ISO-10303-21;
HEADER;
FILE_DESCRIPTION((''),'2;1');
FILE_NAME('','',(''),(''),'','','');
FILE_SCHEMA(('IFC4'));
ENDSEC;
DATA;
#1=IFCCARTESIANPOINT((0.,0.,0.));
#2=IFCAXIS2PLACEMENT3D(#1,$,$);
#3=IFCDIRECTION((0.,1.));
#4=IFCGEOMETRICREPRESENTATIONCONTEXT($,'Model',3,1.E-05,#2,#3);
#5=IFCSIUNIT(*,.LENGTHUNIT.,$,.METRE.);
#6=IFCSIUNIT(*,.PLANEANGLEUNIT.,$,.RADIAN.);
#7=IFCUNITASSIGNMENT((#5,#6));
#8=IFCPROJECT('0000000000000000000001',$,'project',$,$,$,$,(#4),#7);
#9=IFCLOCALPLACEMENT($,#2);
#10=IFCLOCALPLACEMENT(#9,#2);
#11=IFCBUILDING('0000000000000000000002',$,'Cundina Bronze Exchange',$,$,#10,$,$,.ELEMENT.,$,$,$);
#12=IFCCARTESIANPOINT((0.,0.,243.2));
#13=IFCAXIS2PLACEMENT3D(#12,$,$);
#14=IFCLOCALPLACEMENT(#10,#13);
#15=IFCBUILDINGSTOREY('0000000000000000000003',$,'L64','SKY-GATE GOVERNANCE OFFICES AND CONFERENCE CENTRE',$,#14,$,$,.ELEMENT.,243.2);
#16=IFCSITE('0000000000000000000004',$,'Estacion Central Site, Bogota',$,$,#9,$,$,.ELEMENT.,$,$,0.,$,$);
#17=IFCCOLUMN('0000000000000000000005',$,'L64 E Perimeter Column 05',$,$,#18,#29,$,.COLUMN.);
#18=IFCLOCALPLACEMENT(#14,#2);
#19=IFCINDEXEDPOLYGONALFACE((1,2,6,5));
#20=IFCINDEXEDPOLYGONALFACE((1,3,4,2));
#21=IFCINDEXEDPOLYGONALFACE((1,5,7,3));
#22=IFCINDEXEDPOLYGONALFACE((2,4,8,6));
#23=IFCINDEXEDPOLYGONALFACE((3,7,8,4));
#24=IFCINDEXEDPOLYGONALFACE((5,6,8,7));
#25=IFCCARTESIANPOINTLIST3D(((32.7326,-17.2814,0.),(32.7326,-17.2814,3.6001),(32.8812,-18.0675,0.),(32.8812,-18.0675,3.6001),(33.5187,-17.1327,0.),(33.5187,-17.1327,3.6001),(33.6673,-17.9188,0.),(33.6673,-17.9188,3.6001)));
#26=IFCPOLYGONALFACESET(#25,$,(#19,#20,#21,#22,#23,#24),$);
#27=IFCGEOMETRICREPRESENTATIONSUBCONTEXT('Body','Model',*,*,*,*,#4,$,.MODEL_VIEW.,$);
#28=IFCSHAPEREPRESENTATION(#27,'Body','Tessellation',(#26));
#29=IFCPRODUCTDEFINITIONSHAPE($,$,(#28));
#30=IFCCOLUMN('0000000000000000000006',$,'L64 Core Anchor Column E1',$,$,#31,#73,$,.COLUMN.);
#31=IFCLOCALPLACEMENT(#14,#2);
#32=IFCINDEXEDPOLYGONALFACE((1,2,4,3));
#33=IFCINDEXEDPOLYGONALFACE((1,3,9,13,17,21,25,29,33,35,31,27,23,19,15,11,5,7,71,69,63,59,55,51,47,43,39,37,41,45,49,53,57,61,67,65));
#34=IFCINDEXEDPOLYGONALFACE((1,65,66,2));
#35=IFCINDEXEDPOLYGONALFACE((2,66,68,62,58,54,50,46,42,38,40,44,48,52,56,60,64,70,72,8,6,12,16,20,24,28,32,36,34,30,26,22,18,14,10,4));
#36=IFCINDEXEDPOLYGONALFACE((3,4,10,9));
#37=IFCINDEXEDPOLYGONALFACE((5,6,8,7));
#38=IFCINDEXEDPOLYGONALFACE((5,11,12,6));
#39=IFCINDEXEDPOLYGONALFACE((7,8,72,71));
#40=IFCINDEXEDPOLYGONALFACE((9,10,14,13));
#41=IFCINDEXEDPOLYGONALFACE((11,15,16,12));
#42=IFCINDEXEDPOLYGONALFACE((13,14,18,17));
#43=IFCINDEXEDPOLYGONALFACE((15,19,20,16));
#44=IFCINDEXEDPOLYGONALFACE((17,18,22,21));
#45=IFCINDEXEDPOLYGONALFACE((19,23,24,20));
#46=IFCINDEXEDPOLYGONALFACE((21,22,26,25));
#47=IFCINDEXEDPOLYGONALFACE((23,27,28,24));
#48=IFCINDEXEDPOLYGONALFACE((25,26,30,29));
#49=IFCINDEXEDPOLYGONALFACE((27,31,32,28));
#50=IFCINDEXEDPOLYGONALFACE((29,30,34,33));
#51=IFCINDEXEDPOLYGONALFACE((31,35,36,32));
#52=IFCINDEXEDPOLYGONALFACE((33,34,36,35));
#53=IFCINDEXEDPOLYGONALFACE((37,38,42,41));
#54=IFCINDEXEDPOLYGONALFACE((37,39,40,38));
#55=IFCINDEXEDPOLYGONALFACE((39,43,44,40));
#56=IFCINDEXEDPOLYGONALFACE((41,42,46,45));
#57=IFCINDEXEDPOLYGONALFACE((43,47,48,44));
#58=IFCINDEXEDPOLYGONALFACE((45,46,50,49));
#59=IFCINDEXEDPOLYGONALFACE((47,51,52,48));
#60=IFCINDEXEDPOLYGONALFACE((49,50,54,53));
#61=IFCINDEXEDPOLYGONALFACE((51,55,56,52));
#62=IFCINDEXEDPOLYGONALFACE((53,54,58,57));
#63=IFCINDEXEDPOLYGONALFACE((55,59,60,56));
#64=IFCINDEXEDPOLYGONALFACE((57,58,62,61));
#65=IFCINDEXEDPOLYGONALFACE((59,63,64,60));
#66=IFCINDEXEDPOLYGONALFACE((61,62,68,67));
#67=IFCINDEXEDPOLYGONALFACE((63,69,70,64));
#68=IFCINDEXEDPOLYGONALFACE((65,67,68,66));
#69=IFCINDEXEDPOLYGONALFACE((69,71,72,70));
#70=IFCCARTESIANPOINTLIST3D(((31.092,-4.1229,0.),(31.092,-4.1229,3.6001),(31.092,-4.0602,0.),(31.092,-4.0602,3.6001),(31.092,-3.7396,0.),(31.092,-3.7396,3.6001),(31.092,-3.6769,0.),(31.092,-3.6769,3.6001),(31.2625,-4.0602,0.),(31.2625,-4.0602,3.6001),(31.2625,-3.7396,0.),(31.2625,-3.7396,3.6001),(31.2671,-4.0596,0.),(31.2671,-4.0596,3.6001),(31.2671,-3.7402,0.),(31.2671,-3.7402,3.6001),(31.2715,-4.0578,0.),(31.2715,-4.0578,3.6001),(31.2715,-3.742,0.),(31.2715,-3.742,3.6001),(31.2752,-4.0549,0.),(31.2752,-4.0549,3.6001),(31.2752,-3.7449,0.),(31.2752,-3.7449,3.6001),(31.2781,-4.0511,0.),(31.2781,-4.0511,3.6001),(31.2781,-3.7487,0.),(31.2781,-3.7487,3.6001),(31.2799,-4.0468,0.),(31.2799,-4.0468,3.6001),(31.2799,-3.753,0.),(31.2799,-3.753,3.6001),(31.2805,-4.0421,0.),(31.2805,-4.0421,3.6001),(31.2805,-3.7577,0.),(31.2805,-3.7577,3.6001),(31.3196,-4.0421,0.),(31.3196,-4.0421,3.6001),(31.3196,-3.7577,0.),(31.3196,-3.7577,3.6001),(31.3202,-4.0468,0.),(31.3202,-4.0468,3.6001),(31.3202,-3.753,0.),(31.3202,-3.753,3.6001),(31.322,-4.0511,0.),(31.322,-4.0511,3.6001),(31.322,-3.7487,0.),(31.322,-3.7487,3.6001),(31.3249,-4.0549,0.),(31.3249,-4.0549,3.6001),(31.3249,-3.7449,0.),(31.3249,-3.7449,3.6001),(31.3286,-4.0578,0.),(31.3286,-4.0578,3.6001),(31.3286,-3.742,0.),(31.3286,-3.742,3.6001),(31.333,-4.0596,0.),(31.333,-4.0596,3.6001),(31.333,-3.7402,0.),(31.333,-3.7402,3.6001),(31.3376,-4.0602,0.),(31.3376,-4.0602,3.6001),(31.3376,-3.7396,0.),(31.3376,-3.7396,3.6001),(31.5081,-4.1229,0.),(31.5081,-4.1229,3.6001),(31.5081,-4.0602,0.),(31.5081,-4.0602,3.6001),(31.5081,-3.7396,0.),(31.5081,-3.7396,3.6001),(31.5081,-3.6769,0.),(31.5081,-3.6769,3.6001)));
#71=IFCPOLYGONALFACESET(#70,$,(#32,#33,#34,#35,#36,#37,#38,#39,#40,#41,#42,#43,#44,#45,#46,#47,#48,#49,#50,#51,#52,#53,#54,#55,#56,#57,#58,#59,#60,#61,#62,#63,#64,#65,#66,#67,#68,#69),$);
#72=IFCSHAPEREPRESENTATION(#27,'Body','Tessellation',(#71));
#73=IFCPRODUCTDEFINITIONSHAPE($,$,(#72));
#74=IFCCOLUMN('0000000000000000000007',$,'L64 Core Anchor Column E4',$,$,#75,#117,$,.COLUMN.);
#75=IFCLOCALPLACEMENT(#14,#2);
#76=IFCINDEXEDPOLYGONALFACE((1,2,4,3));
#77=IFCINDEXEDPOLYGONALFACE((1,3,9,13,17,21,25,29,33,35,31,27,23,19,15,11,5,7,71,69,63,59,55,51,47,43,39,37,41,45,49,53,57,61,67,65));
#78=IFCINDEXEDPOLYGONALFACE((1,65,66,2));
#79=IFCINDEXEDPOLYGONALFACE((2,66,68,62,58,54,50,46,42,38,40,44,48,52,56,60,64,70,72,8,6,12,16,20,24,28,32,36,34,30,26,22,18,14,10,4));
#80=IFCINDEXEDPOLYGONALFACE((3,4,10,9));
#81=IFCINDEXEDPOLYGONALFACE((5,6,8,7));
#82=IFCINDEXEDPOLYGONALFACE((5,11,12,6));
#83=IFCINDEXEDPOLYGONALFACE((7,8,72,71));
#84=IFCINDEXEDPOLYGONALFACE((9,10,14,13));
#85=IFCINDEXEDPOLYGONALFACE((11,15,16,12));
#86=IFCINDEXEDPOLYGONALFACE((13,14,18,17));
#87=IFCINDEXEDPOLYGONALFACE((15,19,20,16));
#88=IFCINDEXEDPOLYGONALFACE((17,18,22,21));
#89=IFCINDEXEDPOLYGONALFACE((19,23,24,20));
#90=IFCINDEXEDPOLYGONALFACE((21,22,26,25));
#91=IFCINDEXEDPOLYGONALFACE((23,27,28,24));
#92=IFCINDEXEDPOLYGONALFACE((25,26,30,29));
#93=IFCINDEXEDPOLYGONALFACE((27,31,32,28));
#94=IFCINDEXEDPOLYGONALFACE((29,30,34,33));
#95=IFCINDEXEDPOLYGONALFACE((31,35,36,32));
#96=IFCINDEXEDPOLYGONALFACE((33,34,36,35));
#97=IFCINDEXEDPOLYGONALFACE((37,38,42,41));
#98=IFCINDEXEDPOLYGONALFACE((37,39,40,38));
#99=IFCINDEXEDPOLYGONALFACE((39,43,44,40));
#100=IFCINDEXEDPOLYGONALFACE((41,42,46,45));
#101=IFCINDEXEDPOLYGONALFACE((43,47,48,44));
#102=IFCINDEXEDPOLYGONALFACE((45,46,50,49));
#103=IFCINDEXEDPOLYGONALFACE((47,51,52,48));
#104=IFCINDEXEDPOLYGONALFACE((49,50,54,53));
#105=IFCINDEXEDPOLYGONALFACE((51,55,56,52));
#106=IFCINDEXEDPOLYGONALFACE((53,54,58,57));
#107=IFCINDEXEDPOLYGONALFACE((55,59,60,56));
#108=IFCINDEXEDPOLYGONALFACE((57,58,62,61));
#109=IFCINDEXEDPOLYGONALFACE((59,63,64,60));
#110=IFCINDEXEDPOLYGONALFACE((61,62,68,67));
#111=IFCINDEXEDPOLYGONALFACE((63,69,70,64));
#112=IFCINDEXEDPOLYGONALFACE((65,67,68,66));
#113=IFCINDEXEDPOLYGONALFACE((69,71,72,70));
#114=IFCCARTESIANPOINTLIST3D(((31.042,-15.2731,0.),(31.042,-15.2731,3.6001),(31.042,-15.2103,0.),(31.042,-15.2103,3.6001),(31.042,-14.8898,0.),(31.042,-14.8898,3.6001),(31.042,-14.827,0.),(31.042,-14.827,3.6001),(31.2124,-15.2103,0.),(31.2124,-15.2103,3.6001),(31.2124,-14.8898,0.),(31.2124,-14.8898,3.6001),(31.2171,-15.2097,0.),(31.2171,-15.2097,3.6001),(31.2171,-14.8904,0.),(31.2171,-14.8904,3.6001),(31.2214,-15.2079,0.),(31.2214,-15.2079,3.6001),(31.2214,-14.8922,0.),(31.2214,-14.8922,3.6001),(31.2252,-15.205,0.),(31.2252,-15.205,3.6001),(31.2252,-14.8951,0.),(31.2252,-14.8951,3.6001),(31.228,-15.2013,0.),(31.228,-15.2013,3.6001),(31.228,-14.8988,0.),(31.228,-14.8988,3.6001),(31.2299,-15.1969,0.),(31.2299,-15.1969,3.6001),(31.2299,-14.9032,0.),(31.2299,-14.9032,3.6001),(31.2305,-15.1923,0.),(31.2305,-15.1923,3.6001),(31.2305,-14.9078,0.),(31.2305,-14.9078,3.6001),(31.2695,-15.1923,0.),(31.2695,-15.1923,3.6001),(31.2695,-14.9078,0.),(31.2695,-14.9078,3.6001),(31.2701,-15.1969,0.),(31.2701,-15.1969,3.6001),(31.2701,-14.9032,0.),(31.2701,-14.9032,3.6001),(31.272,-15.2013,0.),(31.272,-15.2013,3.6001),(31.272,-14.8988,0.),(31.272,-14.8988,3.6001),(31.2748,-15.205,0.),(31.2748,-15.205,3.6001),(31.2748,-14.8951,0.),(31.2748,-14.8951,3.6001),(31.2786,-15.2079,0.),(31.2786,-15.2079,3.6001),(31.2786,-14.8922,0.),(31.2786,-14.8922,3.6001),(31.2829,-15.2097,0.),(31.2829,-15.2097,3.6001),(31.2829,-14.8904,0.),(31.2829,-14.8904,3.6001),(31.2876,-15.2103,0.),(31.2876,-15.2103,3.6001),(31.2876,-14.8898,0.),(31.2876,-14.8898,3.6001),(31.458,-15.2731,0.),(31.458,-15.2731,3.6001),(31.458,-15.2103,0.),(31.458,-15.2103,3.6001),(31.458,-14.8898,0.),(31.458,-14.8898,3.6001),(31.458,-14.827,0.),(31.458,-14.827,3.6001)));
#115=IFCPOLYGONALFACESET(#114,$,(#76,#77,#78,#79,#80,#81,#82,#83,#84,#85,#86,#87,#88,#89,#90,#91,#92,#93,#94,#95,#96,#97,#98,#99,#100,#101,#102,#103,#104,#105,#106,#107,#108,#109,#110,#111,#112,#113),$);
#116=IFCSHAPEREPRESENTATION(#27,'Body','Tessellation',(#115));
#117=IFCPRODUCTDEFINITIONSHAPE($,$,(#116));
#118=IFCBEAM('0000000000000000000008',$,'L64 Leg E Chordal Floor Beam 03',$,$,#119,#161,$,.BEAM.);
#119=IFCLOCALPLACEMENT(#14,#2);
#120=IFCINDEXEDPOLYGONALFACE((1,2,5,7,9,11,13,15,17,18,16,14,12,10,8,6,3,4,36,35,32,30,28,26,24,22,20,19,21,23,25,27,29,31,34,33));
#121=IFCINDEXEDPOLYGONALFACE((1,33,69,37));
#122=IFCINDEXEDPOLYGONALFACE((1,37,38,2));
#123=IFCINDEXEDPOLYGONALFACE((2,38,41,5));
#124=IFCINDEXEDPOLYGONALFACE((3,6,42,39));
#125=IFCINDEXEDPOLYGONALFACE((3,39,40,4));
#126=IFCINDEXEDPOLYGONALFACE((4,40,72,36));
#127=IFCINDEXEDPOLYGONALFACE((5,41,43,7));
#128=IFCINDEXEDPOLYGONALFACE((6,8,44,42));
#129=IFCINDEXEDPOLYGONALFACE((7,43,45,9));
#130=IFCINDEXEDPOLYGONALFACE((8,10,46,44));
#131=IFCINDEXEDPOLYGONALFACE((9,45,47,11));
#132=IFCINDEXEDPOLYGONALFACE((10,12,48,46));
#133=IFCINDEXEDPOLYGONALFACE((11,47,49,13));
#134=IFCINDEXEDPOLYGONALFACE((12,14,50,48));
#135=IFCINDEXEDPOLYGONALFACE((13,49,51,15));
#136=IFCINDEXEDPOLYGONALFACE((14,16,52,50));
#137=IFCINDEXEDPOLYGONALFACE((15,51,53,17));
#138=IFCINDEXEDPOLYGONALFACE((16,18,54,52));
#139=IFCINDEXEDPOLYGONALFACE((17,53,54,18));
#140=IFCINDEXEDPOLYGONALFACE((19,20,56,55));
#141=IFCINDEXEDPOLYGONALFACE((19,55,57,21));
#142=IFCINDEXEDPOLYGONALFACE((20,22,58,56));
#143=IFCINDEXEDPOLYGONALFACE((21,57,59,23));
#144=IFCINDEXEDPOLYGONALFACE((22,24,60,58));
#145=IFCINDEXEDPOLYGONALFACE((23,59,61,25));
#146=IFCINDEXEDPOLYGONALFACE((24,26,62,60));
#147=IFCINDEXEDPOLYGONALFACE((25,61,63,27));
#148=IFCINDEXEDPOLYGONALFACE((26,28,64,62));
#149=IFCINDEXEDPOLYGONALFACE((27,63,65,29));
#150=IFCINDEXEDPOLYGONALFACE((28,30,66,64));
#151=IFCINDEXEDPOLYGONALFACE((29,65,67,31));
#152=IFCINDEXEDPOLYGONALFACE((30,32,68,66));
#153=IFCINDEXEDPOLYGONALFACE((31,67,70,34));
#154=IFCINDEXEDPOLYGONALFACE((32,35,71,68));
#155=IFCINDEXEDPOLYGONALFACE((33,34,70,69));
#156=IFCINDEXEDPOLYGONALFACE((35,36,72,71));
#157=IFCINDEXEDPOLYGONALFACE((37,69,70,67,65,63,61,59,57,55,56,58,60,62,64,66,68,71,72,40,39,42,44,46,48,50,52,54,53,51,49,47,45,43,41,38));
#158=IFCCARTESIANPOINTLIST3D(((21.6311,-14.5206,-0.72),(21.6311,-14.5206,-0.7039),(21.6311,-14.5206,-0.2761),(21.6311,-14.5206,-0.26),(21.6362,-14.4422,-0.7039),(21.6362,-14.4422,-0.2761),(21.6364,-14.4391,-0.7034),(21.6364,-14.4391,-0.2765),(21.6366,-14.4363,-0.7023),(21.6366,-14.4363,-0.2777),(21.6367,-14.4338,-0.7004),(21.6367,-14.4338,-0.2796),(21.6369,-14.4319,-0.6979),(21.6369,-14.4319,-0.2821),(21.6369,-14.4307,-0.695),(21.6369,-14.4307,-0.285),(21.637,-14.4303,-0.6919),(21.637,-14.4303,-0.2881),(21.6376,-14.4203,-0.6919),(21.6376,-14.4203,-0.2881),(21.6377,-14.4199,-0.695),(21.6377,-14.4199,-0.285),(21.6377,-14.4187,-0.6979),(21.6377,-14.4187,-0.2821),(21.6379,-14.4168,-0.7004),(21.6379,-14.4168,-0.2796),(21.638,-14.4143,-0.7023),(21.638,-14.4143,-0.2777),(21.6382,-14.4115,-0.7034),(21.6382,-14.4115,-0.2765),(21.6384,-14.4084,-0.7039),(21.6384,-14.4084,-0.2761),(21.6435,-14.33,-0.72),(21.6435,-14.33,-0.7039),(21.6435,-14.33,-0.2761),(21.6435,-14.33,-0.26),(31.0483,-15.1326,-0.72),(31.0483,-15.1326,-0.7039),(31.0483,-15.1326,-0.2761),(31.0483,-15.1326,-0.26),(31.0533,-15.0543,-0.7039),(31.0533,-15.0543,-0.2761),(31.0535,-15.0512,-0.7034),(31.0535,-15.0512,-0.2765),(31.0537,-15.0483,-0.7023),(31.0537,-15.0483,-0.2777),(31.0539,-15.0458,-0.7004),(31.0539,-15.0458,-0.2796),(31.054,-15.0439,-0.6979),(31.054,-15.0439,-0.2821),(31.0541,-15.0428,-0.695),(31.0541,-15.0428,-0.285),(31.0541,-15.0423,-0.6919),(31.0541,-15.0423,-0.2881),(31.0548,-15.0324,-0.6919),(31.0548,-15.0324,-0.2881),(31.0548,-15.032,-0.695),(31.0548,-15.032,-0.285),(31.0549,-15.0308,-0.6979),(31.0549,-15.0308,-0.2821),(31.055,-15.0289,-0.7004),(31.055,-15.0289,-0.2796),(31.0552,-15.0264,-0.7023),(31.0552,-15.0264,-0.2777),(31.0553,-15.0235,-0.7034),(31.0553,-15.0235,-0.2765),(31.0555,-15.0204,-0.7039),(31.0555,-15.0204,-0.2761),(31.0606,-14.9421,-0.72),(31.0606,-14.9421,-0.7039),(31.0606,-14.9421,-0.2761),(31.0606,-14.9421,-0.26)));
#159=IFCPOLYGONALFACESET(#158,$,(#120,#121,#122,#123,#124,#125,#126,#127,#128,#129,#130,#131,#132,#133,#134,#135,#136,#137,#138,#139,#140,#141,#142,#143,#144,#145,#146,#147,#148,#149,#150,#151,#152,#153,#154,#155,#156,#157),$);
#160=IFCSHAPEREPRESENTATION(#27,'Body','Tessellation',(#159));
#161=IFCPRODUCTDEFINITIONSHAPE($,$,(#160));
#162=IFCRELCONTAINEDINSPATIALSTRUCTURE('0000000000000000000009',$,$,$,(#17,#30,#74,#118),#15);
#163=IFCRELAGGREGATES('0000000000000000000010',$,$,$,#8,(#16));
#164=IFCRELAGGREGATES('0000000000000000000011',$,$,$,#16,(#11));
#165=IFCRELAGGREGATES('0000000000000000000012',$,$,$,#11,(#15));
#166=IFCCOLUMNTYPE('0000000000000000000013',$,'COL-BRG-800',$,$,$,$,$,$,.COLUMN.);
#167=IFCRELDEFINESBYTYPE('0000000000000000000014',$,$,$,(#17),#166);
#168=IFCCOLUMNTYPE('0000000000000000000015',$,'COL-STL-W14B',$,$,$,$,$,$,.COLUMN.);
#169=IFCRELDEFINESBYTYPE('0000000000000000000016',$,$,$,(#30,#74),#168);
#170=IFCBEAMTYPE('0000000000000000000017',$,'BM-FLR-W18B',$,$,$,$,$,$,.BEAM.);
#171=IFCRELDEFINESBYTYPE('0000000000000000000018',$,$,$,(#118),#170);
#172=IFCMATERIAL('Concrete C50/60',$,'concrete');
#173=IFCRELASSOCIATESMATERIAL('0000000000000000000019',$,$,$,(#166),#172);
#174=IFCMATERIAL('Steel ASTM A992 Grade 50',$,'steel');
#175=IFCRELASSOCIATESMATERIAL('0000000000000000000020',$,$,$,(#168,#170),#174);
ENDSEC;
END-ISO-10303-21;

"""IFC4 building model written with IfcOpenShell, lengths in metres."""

from ifc_helpers import new_model, si_unit, direction, frame, origin, origin_2d, place, context, subcontext, project, spatial, rectangle, i_section, extrude, material, material_profile, profile_set, type_object, element, save


model = new_model("IFC4")

# Units and contexts
model_context = context("Model", 3, precision=1e-05, world=origin(), true_north=direction((0.0, 1.0)))
body_context = subcontext(model_context, "Body", "Model", "MODEL_VIEW")
ifc_project = project(units=[si_unit("LENGTHUNIT", "METRE"), si_unit("PLANEANGLEUNIT", "RADIAN")], contexts=[model_context])

# Site, building, storey
site_placement = place(None, origin())
site = spatial("IfcSite", under=ifc_project, at=site_placement, Name="Estacion Central Site, Bogota", CompositionType="ELEMENT", RefElevation=0.0)
building_placement = place(site_placement, origin())
building = spatial("IfcBuilding", under=site, at=building_placement, Name="Cundina Bronze Exchange", CompositionType="ELEMENT")
storey_placement = place(building_placement, frame((0.0, 0.0, 243.2)))
storey = spatial("IfcBuildingStorey", under=building, at=storey_placement, Name="L64", Description="SKY-GATE GOVERNANCE OFFICES AND CONFERENCE CENTRE", CompositionType="ELEMENT", Elevation=243.2)

# Columns
ifc_material_1 = material(Name="Concrete C50/60", Category="concrete")
ifc_material_profile_1 = material_profile(ifc_material_1, rectangle(XDim=0.8, YDim=0.8, at=origin_2d()), Name="RC800X800", Category="concrete")
ifc_profile_set_1 = profile_set([ifc_material_profile_1], Name="Concrete C50/60")
column_type_1 = type_object("IfcColumnType", Name="COL-BRG-800", PredefinedType="COLUMN", material=ifc_profile_set_1)
column_placement = place(storey_placement, frame((33.2, -17.6001, 0.0), z_axis=(0.0, 0.0, 1.0), x_axis=(0.98258, 0.185838, 0.0)))
element("IfcColumn", 1, at=column_placement, inside=storey, type_object=column_type_1, Name="L64 E Perimeter Column 05", PredefinedType="COLUMN", context=body_context, shape_type="SweptSolid", body=[
    extrude(rectangle(XDim=0.8, YDim=0.8, at=origin_2d()), origin(), (0.0, 0.0, 1.0), 3.6001),
])
ifc_material_2 = material(Name="Steel ASTM A992 Grade 50", Category="steel")
ifc_material_profile_2 = material_profile(ifc_material_2, i_section(OverallWidth=0.416, OverallDepth=0.446, WebThickness=0.0391, FlangeThickness=0.0627, FilletRadius=0.0181, at=origin_2d()), Name="W14X342", Category="steel")
ifc_profile_set_2 = profile_set([ifc_material_profile_2], Name="Steel ASTM A992 Grade 50")
column_type_2 = type_object("IfcColumnType", Name="COL-STL-W14B", PredefinedType="COLUMN", material=ifc_profile_set_2)
for number, where, z_axis, x_axis, name in (
    (2, (31.3, -3.8999, 0.0), (0.0, 0.0, 1.0), (1.0, 0.0, 0.0), "L64 Core Anchor Column E1"),
    (3, (31.25, -15.05, 0.0), (0.0, 0.0, 1.0), (1.0, 0.0, 0.0), "L64 Core Anchor Column E4"),
):
    element("IfcColumn", number, at=place(storey_placement, frame(where, z_axis=z_axis, x_axis=x_axis)), inside=storey, type_object=column_type_2, Name=name, PredefinedType="COLUMN", context=body_context, shape_type="SweptSolid", body=[
        extrude(i_section(OverallWidth=0.416, OverallDepth=0.446, WebThickness=0.0391, FlangeThickness=0.0627, FilletRadius=0.0181, at=origin_2d()), origin(), (0.0, 0.0, 1.0), 3.6001),
    ])

# Beam
ifc_material_profile_3 = material_profile(ifc_material_2, i_section(OverallWidth=0.1909, OverallDepth=0.46, WebThickness=0.01, FlangeThickness=0.0161, FilletRadius=0.012, at=origin_2d()), Name="W18X55", Category="steel")
ifc_profile_set_3 = profile_set([ifc_material_profile_3], Name="Steel ASTM A992 Grade 50")
beam_type_1 = type_object("IfcBeamType", Name="BM-FLR-W18B", PredefinedType="BEAM", material=ifc_profile_set_3)
beam_1_placement = place(storey_placement, frame((31.0544, -15.0374, -0.49), z_axis=(-0.997895, 0.064857, 0.0), x_axis=(-0.064857, -0.997895, 0.0)))
element("IfcBeam", 4, at=beam_1_placement, inside=storey, type_object=beam_type_1, Name="L64 Leg E Chordal Floor Beam 03", PredefinedType="BEAM", context=body_context, shape_type="SweptSolid", body=[
    extrude(i_section(OverallWidth=0.1909, OverallDepth=0.46, WebThickness=0.01, FlangeThickness=0.0161, FilletRadius=0.012, at=origin_2d()), origin(), (0.0, 0.0, 1.0), 9.437),
])

save(model, "model.ifc")
